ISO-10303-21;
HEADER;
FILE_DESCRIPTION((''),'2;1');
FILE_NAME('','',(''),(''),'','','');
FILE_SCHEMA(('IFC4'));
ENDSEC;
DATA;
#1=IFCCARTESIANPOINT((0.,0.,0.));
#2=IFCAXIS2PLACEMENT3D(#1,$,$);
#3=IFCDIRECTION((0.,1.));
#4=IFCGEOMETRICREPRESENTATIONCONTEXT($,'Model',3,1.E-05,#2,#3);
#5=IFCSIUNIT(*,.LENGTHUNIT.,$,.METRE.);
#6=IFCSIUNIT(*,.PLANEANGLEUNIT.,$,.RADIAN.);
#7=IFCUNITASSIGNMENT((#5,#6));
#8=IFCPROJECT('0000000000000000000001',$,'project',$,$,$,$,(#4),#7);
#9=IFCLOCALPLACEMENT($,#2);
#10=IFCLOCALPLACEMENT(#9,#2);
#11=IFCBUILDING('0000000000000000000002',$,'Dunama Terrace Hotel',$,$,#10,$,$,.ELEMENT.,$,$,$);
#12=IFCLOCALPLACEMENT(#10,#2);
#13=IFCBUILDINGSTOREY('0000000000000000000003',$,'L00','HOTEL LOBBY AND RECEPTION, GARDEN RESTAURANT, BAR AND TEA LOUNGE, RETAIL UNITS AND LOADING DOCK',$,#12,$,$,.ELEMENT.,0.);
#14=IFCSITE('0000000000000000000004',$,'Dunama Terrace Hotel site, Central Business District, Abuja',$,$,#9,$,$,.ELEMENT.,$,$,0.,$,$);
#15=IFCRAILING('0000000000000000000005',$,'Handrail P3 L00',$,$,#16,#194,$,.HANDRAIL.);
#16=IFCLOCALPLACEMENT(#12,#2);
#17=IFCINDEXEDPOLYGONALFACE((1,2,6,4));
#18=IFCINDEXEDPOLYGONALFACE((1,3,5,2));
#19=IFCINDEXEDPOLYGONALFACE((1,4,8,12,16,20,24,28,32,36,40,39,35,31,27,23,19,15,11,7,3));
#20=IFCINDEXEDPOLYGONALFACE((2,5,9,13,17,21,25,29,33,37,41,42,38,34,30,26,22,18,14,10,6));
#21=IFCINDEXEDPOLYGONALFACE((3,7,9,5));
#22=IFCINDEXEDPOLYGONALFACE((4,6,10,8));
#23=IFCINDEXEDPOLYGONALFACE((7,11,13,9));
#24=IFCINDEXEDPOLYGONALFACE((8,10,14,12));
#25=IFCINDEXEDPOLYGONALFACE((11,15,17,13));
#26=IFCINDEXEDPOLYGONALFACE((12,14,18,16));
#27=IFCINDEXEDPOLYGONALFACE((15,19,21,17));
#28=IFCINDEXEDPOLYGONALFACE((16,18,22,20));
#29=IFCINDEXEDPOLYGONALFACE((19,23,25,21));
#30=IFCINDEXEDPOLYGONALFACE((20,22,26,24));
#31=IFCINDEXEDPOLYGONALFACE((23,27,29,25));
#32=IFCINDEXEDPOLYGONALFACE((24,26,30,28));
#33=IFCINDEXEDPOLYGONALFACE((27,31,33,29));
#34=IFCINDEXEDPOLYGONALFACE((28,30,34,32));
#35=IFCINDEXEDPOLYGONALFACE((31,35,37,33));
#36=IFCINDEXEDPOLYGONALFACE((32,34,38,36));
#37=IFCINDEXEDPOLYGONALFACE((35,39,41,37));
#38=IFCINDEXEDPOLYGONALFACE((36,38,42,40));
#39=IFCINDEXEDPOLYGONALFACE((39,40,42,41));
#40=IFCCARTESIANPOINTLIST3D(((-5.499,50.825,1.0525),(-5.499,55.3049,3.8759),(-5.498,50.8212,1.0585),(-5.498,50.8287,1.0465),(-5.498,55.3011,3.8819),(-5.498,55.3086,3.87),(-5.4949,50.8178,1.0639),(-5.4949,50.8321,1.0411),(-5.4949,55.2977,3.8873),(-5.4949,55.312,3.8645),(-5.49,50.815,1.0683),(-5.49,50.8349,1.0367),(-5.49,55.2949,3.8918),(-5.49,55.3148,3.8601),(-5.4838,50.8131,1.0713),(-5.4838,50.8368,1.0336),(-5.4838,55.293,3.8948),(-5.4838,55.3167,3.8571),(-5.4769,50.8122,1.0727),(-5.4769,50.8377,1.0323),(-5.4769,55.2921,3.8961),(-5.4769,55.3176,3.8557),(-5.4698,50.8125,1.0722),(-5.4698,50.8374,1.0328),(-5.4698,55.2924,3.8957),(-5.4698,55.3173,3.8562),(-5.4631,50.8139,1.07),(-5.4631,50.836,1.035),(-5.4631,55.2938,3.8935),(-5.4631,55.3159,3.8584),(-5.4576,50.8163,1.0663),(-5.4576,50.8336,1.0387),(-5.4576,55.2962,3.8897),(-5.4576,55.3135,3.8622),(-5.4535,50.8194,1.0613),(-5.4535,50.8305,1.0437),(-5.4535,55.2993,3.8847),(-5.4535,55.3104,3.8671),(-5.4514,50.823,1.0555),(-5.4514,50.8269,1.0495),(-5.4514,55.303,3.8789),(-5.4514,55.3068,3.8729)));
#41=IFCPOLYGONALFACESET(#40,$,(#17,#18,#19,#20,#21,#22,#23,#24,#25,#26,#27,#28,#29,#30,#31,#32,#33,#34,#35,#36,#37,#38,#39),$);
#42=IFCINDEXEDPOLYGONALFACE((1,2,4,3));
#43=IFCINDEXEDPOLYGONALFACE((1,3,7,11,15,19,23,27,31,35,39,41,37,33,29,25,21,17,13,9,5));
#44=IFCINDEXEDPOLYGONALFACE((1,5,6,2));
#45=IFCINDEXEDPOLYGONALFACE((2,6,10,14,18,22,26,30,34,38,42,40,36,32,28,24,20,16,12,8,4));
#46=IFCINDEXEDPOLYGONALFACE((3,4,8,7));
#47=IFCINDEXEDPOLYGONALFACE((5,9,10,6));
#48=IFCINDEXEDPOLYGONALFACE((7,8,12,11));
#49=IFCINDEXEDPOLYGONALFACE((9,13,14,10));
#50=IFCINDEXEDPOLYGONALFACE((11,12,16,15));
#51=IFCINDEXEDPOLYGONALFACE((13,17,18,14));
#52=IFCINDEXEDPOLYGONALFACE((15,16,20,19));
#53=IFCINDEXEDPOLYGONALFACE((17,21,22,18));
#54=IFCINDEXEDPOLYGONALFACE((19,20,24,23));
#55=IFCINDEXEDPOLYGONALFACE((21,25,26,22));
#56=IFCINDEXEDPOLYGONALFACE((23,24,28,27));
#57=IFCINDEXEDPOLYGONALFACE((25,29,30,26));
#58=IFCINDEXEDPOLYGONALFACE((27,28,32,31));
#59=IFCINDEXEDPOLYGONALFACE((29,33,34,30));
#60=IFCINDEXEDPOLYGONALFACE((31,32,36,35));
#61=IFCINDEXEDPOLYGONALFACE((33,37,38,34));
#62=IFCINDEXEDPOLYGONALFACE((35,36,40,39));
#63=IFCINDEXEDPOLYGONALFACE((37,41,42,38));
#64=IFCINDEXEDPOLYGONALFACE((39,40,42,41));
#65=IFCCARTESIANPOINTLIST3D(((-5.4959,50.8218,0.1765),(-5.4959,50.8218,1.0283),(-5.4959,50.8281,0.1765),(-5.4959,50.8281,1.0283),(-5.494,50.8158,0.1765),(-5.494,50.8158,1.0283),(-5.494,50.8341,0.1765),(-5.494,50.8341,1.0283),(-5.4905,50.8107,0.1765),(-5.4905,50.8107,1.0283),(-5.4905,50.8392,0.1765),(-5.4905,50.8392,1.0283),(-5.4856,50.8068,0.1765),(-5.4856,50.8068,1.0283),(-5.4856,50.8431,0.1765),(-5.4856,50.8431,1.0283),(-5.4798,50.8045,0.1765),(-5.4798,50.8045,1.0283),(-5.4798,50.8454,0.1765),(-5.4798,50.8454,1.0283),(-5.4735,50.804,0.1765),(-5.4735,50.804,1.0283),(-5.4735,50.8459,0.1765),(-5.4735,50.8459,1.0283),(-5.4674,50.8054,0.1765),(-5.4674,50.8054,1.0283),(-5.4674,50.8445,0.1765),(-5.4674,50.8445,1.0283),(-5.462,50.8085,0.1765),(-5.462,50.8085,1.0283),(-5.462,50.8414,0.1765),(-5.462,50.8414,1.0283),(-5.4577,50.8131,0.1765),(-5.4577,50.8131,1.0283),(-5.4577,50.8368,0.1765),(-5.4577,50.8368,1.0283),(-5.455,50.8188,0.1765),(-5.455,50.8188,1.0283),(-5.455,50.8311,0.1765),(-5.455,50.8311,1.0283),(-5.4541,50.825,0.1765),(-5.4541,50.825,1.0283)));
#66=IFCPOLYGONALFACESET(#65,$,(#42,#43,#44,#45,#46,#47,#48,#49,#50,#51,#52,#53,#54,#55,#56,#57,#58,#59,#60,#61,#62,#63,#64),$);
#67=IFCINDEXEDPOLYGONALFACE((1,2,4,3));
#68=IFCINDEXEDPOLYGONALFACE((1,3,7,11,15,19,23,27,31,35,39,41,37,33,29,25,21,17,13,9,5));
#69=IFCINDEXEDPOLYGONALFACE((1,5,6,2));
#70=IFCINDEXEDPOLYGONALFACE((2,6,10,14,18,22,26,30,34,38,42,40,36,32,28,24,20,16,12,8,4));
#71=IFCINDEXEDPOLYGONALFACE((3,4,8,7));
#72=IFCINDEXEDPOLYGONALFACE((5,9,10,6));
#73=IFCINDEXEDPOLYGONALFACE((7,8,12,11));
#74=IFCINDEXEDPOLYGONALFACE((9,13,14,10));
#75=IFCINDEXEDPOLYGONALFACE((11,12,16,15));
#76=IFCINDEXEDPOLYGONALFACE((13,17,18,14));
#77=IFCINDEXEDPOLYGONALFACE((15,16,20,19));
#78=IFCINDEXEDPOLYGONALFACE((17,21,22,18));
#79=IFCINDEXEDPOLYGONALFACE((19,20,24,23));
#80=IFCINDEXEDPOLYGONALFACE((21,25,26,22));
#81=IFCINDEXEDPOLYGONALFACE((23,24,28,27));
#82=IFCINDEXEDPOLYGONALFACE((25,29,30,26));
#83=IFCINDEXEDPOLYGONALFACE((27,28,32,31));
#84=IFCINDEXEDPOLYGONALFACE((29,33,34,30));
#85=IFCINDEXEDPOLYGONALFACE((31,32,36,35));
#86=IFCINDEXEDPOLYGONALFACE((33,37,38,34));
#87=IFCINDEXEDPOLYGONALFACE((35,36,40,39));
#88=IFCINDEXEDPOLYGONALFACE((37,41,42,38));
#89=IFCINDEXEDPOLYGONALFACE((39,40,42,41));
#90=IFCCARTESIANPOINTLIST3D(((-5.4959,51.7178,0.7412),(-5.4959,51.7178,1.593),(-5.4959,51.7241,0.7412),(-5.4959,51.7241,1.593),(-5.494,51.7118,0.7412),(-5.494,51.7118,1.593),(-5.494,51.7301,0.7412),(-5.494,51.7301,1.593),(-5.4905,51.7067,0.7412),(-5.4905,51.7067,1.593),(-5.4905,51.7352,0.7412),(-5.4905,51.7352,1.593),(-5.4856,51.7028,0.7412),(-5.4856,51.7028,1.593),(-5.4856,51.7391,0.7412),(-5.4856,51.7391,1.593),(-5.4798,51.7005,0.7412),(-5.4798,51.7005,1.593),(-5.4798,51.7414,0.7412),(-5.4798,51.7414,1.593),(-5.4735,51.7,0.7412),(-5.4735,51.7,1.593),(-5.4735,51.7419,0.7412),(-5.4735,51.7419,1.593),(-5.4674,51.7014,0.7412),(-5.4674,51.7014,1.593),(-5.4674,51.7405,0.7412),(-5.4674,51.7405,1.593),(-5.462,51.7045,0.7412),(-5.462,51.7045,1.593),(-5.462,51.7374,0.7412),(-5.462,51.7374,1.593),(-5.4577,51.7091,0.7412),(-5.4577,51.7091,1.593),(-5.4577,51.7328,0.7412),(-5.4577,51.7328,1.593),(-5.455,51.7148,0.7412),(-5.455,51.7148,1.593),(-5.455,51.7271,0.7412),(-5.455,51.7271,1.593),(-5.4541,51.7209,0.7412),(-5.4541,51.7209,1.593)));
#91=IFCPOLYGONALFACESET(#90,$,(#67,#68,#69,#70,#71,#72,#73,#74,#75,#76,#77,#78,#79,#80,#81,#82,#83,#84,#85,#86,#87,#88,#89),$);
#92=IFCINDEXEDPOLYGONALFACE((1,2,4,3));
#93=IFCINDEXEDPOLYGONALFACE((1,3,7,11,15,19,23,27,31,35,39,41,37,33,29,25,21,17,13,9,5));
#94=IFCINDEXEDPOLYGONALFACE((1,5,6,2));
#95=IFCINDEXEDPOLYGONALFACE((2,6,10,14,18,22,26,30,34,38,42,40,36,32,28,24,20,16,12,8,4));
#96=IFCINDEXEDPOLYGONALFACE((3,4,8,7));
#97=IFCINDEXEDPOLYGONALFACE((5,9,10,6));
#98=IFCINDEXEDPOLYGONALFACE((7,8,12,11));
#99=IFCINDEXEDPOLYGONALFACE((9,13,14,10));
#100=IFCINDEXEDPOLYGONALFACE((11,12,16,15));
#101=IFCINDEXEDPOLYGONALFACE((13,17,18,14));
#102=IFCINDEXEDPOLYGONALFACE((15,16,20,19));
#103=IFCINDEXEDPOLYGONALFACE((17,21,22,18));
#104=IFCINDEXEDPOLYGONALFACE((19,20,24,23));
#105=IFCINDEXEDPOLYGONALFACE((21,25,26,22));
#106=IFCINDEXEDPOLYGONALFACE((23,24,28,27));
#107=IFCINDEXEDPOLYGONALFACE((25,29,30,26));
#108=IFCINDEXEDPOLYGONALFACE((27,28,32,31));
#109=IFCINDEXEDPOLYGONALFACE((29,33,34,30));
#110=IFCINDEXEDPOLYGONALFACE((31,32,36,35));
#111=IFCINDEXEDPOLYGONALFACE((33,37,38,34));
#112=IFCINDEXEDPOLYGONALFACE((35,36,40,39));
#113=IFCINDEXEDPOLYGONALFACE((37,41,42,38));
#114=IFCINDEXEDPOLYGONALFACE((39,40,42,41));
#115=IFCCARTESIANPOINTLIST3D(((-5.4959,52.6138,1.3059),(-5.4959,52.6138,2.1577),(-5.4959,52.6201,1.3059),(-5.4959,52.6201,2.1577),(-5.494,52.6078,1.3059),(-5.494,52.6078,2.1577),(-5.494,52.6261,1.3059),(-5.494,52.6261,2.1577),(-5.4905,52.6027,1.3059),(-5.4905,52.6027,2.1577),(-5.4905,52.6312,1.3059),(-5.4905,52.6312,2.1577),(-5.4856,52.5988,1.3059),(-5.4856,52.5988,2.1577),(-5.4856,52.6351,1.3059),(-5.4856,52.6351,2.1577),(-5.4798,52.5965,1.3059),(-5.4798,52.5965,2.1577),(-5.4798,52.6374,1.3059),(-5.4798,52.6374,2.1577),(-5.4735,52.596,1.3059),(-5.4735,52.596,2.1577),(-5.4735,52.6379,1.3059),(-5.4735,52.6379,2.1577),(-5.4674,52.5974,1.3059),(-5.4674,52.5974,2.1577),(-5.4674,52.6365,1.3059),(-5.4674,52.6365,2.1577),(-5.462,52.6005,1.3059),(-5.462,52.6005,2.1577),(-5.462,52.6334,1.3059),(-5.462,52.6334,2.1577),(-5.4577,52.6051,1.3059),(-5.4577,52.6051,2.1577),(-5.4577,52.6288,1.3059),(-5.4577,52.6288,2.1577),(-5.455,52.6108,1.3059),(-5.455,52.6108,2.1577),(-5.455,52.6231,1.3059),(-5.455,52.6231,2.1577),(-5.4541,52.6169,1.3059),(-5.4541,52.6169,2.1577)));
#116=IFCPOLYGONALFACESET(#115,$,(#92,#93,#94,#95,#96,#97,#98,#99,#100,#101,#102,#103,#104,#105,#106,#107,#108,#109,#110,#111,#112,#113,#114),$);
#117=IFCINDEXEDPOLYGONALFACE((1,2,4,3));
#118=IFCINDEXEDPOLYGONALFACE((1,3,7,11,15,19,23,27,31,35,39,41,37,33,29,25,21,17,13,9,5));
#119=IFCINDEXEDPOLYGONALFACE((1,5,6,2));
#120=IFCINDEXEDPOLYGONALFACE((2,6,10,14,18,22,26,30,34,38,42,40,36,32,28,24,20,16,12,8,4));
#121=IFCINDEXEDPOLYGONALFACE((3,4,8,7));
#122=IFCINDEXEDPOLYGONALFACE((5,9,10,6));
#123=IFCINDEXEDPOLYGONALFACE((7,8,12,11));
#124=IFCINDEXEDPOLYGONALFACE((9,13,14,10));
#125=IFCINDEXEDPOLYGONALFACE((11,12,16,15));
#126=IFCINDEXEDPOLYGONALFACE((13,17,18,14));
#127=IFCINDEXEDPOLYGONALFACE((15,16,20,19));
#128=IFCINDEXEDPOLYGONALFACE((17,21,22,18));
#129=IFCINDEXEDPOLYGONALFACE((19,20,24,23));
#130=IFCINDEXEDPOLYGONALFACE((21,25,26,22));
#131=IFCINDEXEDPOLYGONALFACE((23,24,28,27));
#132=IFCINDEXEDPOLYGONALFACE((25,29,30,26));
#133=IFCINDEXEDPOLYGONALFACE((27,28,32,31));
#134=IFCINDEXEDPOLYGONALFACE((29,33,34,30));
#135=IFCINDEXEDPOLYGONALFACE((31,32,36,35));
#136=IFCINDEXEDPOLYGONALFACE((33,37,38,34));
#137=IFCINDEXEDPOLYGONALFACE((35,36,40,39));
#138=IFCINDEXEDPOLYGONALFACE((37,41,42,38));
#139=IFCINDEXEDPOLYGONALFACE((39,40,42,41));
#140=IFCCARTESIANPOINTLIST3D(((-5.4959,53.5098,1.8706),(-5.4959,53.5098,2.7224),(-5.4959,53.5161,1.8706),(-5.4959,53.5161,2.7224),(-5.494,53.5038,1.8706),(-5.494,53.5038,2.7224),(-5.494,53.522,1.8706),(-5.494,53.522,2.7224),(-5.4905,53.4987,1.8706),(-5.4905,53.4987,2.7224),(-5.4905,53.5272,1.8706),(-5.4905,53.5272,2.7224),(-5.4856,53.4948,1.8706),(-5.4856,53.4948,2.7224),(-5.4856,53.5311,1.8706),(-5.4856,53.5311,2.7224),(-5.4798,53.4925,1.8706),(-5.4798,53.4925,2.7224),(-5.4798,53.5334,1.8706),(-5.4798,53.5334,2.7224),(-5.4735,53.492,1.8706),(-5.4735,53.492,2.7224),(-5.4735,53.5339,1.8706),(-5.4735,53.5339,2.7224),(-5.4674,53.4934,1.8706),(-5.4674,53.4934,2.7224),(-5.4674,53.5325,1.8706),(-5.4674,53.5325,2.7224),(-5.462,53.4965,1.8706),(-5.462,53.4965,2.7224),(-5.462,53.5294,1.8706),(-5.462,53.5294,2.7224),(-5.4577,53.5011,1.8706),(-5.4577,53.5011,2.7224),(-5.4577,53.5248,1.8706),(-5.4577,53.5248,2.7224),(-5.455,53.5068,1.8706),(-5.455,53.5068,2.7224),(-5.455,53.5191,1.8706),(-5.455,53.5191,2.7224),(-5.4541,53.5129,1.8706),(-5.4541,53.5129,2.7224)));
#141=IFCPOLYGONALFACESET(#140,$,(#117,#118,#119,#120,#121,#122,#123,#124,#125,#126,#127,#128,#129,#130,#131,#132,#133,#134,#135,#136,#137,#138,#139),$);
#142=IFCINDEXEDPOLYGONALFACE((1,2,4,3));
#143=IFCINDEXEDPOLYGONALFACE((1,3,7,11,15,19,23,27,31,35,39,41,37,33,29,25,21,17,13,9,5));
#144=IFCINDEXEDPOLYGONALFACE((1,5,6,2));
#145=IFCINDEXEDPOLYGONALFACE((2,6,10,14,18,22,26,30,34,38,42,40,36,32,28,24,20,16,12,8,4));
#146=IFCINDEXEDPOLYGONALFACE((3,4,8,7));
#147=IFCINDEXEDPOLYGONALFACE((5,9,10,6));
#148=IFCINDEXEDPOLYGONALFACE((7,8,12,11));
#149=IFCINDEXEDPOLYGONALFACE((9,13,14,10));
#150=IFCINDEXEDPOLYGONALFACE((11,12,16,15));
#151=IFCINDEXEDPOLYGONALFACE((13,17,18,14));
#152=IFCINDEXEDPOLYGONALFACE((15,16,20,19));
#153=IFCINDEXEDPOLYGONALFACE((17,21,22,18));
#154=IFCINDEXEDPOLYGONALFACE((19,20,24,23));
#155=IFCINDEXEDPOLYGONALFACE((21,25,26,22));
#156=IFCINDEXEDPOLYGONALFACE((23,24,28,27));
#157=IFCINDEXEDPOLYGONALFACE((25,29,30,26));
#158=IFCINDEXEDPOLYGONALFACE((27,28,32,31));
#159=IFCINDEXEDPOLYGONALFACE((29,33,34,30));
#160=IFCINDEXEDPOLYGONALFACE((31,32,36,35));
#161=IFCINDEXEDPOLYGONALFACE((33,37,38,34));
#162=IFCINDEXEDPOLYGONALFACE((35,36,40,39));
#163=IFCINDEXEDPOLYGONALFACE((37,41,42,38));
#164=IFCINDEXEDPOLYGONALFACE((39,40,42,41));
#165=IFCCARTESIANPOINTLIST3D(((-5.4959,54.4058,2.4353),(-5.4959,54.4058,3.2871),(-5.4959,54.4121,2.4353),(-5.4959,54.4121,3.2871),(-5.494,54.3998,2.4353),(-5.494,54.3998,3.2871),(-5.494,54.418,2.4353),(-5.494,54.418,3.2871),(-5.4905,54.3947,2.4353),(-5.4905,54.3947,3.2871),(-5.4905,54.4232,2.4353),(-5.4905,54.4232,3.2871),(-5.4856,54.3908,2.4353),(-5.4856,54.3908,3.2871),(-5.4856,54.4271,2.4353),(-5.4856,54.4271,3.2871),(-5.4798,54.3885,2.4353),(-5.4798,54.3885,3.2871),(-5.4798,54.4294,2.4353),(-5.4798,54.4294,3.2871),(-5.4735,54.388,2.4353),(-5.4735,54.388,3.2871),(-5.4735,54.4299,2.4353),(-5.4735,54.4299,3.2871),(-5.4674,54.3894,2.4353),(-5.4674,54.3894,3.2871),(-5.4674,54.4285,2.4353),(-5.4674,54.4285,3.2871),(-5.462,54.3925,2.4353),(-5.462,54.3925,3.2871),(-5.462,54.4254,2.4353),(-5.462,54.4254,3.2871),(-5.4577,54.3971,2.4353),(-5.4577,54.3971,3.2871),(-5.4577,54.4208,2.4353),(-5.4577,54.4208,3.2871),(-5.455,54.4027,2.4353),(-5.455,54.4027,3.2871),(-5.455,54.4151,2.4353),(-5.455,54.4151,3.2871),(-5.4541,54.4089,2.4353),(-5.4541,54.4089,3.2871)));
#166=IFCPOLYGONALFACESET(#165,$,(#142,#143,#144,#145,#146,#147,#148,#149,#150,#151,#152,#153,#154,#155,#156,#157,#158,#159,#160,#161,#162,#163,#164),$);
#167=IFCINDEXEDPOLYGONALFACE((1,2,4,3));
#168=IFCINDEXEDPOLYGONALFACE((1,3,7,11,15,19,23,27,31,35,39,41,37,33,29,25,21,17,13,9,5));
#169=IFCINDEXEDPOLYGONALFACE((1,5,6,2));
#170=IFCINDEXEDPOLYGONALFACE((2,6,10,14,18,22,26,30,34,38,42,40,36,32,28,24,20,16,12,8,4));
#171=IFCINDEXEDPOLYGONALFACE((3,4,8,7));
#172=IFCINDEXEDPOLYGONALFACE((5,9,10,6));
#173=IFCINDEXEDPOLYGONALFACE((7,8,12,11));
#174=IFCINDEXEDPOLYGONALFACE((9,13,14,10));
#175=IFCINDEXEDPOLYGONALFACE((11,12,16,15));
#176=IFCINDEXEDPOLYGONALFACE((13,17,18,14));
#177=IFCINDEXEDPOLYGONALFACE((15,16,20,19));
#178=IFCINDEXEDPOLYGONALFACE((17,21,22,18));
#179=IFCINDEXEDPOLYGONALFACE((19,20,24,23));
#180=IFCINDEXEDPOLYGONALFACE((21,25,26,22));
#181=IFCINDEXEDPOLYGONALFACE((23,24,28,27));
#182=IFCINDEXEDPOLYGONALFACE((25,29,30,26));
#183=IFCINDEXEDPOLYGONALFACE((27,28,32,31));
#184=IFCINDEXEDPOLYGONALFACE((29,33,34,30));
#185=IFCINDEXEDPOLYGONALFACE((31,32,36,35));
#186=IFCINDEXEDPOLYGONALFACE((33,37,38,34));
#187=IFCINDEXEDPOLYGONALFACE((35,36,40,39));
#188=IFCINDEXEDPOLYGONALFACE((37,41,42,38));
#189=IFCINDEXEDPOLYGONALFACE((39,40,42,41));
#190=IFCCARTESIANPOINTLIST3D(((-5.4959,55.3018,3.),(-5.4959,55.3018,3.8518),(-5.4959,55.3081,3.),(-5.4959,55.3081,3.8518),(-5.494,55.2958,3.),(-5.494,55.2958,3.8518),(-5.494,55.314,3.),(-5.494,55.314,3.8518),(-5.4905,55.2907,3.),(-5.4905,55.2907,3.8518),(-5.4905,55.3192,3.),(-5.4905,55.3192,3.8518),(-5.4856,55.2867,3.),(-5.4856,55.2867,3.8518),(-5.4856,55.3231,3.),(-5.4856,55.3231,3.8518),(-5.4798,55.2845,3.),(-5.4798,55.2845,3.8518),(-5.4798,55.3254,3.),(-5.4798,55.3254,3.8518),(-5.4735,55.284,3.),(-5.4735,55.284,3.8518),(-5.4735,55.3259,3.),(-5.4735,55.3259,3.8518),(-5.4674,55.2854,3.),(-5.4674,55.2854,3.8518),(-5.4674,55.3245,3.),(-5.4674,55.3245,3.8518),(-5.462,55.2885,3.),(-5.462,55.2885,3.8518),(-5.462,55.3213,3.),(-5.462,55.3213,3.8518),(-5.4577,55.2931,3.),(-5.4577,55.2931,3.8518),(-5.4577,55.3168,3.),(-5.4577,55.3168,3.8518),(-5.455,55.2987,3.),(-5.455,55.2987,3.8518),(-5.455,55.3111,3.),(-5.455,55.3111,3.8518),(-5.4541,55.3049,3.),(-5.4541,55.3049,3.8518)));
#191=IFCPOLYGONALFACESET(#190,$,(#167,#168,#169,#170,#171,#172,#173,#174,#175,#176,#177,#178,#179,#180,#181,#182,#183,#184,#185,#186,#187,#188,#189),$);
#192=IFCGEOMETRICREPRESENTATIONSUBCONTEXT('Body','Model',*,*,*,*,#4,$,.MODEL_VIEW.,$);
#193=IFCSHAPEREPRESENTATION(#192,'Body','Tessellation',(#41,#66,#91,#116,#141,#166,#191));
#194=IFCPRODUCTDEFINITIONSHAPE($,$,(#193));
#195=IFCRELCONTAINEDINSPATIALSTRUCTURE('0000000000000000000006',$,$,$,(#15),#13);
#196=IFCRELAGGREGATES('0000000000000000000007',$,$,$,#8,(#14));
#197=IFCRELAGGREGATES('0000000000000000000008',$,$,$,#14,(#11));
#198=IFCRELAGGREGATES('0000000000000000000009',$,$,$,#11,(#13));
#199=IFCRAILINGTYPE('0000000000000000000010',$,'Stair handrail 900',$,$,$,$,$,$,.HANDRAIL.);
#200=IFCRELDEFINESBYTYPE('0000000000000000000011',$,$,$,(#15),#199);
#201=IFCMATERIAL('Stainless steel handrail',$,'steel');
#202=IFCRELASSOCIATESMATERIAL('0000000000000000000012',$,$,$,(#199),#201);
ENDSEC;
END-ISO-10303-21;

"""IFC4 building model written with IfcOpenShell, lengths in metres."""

from ifc_helpers import new_model, si_unit, direction, frame, origin, origin_2d, place, context, subcontext, project, spatial, circle, extrude, material, type_object, element, save


model = new_model("IFC4")

# Units and contexts
model_context = context("Model", 3, precision=1e-05, world=origin(), true_north=direction((0.0, 1.0)))
body_context = subcontext(model_context, "Body", "Model", "MODEL_VIEW")
ifc_project = project(units=[si_unit("LENGTHUNIT", "METRE"), si_unit("PLANEANGLEUNIT", "RADIAN")], contexts=[model_context])

# Site, building, storey
site_placement = place(None, origin())
site = spatial("IfcSite", under=ifc_project, at=site_placement, Name="Dunama Terrace Hotel site, Central Business District, Abuja", CompositionType="ELEMENT", RefElevation=0.0)
building_placement = place(site_placement, origin())
building = spatial("IfcBuilding", under=site, at=building_placement, Name="Dunama Terrace Hotel", CompositionType="ELEMENT")
storey_placement = place(building_placement, origin())
storey = spatial("IfcBuildingStorey", under=building, at=storey_placement, Name="L00", Description="HOTEL LOBBY AND RECEPTION, GARDEN RESTAURANT, BAR AND TEA LOUNGE, RETAIL UNITS AND LOADING DOCK", CompositionType="ELEMENT", Elevation=0.0)

# Railing
ifc_material_1 = material(Name="Stainless steel handrail", Category="steel")
railing_type = type_object("IfcRailingType", Name="Stair handrail 900", PredefinedType="HANDRAIL", material=ifc_material_1)
railing_1_placement = place(storey_placement, frame((-5.4751, 50.825, 0.1765)))
element("IfcRailing", 1, at=railing_1_placement, inside=storey, type_object=railing_type, Name="Handrail P3 L00", PredefinedType="HANDRAIL", context=body_context, shape_type="SweptSolid", body=[
    extrude(circle(Radius=0.0239, at=origin_2d()), frame((0.0, 0.0, 0.876), z_axis=(0.0, 0.845998, 0.533186), x_axis=(-1.0, 0.0, 0.0)), (0.0, 0.0, 1.0), 5.2954),
    extrude(circle(Radius=0.021, at=origin_2d()), origin(), (0.0, 0.0, 1.0), 0.8518),
    extrude(circle(Radius=0.021, at=origin_2d()), frame((0.0, 0.896, 0.5647)), (0.0, 0.0, 1.0), 0.8518),
    extrude(circle(Radius=0.021, at=origin_2d()), frame((0.0, 1.792, 1.1294)), (0.0, 0.0, 1.0), 0.8518),
    extrude(circle(Radius=0.021, at=origin_2d()), frame((0.0, 2.688, 1.6941)), (0.0, 0.0, 1.0), 0.8518),
    extrude(circle(Radius=0.021, at=origin_2d()), frame((0.0, 3.584, 2.2588)), (0.0, 0.0, 1.0), 0.8518),
    extrude(circle(Radius=0.021, at=origin_2d()), frame((0.0, 4.48, 2.8235)), (0.0, 0.0, 1.0), 0.8518),
])

save(model, "model.ifc")
